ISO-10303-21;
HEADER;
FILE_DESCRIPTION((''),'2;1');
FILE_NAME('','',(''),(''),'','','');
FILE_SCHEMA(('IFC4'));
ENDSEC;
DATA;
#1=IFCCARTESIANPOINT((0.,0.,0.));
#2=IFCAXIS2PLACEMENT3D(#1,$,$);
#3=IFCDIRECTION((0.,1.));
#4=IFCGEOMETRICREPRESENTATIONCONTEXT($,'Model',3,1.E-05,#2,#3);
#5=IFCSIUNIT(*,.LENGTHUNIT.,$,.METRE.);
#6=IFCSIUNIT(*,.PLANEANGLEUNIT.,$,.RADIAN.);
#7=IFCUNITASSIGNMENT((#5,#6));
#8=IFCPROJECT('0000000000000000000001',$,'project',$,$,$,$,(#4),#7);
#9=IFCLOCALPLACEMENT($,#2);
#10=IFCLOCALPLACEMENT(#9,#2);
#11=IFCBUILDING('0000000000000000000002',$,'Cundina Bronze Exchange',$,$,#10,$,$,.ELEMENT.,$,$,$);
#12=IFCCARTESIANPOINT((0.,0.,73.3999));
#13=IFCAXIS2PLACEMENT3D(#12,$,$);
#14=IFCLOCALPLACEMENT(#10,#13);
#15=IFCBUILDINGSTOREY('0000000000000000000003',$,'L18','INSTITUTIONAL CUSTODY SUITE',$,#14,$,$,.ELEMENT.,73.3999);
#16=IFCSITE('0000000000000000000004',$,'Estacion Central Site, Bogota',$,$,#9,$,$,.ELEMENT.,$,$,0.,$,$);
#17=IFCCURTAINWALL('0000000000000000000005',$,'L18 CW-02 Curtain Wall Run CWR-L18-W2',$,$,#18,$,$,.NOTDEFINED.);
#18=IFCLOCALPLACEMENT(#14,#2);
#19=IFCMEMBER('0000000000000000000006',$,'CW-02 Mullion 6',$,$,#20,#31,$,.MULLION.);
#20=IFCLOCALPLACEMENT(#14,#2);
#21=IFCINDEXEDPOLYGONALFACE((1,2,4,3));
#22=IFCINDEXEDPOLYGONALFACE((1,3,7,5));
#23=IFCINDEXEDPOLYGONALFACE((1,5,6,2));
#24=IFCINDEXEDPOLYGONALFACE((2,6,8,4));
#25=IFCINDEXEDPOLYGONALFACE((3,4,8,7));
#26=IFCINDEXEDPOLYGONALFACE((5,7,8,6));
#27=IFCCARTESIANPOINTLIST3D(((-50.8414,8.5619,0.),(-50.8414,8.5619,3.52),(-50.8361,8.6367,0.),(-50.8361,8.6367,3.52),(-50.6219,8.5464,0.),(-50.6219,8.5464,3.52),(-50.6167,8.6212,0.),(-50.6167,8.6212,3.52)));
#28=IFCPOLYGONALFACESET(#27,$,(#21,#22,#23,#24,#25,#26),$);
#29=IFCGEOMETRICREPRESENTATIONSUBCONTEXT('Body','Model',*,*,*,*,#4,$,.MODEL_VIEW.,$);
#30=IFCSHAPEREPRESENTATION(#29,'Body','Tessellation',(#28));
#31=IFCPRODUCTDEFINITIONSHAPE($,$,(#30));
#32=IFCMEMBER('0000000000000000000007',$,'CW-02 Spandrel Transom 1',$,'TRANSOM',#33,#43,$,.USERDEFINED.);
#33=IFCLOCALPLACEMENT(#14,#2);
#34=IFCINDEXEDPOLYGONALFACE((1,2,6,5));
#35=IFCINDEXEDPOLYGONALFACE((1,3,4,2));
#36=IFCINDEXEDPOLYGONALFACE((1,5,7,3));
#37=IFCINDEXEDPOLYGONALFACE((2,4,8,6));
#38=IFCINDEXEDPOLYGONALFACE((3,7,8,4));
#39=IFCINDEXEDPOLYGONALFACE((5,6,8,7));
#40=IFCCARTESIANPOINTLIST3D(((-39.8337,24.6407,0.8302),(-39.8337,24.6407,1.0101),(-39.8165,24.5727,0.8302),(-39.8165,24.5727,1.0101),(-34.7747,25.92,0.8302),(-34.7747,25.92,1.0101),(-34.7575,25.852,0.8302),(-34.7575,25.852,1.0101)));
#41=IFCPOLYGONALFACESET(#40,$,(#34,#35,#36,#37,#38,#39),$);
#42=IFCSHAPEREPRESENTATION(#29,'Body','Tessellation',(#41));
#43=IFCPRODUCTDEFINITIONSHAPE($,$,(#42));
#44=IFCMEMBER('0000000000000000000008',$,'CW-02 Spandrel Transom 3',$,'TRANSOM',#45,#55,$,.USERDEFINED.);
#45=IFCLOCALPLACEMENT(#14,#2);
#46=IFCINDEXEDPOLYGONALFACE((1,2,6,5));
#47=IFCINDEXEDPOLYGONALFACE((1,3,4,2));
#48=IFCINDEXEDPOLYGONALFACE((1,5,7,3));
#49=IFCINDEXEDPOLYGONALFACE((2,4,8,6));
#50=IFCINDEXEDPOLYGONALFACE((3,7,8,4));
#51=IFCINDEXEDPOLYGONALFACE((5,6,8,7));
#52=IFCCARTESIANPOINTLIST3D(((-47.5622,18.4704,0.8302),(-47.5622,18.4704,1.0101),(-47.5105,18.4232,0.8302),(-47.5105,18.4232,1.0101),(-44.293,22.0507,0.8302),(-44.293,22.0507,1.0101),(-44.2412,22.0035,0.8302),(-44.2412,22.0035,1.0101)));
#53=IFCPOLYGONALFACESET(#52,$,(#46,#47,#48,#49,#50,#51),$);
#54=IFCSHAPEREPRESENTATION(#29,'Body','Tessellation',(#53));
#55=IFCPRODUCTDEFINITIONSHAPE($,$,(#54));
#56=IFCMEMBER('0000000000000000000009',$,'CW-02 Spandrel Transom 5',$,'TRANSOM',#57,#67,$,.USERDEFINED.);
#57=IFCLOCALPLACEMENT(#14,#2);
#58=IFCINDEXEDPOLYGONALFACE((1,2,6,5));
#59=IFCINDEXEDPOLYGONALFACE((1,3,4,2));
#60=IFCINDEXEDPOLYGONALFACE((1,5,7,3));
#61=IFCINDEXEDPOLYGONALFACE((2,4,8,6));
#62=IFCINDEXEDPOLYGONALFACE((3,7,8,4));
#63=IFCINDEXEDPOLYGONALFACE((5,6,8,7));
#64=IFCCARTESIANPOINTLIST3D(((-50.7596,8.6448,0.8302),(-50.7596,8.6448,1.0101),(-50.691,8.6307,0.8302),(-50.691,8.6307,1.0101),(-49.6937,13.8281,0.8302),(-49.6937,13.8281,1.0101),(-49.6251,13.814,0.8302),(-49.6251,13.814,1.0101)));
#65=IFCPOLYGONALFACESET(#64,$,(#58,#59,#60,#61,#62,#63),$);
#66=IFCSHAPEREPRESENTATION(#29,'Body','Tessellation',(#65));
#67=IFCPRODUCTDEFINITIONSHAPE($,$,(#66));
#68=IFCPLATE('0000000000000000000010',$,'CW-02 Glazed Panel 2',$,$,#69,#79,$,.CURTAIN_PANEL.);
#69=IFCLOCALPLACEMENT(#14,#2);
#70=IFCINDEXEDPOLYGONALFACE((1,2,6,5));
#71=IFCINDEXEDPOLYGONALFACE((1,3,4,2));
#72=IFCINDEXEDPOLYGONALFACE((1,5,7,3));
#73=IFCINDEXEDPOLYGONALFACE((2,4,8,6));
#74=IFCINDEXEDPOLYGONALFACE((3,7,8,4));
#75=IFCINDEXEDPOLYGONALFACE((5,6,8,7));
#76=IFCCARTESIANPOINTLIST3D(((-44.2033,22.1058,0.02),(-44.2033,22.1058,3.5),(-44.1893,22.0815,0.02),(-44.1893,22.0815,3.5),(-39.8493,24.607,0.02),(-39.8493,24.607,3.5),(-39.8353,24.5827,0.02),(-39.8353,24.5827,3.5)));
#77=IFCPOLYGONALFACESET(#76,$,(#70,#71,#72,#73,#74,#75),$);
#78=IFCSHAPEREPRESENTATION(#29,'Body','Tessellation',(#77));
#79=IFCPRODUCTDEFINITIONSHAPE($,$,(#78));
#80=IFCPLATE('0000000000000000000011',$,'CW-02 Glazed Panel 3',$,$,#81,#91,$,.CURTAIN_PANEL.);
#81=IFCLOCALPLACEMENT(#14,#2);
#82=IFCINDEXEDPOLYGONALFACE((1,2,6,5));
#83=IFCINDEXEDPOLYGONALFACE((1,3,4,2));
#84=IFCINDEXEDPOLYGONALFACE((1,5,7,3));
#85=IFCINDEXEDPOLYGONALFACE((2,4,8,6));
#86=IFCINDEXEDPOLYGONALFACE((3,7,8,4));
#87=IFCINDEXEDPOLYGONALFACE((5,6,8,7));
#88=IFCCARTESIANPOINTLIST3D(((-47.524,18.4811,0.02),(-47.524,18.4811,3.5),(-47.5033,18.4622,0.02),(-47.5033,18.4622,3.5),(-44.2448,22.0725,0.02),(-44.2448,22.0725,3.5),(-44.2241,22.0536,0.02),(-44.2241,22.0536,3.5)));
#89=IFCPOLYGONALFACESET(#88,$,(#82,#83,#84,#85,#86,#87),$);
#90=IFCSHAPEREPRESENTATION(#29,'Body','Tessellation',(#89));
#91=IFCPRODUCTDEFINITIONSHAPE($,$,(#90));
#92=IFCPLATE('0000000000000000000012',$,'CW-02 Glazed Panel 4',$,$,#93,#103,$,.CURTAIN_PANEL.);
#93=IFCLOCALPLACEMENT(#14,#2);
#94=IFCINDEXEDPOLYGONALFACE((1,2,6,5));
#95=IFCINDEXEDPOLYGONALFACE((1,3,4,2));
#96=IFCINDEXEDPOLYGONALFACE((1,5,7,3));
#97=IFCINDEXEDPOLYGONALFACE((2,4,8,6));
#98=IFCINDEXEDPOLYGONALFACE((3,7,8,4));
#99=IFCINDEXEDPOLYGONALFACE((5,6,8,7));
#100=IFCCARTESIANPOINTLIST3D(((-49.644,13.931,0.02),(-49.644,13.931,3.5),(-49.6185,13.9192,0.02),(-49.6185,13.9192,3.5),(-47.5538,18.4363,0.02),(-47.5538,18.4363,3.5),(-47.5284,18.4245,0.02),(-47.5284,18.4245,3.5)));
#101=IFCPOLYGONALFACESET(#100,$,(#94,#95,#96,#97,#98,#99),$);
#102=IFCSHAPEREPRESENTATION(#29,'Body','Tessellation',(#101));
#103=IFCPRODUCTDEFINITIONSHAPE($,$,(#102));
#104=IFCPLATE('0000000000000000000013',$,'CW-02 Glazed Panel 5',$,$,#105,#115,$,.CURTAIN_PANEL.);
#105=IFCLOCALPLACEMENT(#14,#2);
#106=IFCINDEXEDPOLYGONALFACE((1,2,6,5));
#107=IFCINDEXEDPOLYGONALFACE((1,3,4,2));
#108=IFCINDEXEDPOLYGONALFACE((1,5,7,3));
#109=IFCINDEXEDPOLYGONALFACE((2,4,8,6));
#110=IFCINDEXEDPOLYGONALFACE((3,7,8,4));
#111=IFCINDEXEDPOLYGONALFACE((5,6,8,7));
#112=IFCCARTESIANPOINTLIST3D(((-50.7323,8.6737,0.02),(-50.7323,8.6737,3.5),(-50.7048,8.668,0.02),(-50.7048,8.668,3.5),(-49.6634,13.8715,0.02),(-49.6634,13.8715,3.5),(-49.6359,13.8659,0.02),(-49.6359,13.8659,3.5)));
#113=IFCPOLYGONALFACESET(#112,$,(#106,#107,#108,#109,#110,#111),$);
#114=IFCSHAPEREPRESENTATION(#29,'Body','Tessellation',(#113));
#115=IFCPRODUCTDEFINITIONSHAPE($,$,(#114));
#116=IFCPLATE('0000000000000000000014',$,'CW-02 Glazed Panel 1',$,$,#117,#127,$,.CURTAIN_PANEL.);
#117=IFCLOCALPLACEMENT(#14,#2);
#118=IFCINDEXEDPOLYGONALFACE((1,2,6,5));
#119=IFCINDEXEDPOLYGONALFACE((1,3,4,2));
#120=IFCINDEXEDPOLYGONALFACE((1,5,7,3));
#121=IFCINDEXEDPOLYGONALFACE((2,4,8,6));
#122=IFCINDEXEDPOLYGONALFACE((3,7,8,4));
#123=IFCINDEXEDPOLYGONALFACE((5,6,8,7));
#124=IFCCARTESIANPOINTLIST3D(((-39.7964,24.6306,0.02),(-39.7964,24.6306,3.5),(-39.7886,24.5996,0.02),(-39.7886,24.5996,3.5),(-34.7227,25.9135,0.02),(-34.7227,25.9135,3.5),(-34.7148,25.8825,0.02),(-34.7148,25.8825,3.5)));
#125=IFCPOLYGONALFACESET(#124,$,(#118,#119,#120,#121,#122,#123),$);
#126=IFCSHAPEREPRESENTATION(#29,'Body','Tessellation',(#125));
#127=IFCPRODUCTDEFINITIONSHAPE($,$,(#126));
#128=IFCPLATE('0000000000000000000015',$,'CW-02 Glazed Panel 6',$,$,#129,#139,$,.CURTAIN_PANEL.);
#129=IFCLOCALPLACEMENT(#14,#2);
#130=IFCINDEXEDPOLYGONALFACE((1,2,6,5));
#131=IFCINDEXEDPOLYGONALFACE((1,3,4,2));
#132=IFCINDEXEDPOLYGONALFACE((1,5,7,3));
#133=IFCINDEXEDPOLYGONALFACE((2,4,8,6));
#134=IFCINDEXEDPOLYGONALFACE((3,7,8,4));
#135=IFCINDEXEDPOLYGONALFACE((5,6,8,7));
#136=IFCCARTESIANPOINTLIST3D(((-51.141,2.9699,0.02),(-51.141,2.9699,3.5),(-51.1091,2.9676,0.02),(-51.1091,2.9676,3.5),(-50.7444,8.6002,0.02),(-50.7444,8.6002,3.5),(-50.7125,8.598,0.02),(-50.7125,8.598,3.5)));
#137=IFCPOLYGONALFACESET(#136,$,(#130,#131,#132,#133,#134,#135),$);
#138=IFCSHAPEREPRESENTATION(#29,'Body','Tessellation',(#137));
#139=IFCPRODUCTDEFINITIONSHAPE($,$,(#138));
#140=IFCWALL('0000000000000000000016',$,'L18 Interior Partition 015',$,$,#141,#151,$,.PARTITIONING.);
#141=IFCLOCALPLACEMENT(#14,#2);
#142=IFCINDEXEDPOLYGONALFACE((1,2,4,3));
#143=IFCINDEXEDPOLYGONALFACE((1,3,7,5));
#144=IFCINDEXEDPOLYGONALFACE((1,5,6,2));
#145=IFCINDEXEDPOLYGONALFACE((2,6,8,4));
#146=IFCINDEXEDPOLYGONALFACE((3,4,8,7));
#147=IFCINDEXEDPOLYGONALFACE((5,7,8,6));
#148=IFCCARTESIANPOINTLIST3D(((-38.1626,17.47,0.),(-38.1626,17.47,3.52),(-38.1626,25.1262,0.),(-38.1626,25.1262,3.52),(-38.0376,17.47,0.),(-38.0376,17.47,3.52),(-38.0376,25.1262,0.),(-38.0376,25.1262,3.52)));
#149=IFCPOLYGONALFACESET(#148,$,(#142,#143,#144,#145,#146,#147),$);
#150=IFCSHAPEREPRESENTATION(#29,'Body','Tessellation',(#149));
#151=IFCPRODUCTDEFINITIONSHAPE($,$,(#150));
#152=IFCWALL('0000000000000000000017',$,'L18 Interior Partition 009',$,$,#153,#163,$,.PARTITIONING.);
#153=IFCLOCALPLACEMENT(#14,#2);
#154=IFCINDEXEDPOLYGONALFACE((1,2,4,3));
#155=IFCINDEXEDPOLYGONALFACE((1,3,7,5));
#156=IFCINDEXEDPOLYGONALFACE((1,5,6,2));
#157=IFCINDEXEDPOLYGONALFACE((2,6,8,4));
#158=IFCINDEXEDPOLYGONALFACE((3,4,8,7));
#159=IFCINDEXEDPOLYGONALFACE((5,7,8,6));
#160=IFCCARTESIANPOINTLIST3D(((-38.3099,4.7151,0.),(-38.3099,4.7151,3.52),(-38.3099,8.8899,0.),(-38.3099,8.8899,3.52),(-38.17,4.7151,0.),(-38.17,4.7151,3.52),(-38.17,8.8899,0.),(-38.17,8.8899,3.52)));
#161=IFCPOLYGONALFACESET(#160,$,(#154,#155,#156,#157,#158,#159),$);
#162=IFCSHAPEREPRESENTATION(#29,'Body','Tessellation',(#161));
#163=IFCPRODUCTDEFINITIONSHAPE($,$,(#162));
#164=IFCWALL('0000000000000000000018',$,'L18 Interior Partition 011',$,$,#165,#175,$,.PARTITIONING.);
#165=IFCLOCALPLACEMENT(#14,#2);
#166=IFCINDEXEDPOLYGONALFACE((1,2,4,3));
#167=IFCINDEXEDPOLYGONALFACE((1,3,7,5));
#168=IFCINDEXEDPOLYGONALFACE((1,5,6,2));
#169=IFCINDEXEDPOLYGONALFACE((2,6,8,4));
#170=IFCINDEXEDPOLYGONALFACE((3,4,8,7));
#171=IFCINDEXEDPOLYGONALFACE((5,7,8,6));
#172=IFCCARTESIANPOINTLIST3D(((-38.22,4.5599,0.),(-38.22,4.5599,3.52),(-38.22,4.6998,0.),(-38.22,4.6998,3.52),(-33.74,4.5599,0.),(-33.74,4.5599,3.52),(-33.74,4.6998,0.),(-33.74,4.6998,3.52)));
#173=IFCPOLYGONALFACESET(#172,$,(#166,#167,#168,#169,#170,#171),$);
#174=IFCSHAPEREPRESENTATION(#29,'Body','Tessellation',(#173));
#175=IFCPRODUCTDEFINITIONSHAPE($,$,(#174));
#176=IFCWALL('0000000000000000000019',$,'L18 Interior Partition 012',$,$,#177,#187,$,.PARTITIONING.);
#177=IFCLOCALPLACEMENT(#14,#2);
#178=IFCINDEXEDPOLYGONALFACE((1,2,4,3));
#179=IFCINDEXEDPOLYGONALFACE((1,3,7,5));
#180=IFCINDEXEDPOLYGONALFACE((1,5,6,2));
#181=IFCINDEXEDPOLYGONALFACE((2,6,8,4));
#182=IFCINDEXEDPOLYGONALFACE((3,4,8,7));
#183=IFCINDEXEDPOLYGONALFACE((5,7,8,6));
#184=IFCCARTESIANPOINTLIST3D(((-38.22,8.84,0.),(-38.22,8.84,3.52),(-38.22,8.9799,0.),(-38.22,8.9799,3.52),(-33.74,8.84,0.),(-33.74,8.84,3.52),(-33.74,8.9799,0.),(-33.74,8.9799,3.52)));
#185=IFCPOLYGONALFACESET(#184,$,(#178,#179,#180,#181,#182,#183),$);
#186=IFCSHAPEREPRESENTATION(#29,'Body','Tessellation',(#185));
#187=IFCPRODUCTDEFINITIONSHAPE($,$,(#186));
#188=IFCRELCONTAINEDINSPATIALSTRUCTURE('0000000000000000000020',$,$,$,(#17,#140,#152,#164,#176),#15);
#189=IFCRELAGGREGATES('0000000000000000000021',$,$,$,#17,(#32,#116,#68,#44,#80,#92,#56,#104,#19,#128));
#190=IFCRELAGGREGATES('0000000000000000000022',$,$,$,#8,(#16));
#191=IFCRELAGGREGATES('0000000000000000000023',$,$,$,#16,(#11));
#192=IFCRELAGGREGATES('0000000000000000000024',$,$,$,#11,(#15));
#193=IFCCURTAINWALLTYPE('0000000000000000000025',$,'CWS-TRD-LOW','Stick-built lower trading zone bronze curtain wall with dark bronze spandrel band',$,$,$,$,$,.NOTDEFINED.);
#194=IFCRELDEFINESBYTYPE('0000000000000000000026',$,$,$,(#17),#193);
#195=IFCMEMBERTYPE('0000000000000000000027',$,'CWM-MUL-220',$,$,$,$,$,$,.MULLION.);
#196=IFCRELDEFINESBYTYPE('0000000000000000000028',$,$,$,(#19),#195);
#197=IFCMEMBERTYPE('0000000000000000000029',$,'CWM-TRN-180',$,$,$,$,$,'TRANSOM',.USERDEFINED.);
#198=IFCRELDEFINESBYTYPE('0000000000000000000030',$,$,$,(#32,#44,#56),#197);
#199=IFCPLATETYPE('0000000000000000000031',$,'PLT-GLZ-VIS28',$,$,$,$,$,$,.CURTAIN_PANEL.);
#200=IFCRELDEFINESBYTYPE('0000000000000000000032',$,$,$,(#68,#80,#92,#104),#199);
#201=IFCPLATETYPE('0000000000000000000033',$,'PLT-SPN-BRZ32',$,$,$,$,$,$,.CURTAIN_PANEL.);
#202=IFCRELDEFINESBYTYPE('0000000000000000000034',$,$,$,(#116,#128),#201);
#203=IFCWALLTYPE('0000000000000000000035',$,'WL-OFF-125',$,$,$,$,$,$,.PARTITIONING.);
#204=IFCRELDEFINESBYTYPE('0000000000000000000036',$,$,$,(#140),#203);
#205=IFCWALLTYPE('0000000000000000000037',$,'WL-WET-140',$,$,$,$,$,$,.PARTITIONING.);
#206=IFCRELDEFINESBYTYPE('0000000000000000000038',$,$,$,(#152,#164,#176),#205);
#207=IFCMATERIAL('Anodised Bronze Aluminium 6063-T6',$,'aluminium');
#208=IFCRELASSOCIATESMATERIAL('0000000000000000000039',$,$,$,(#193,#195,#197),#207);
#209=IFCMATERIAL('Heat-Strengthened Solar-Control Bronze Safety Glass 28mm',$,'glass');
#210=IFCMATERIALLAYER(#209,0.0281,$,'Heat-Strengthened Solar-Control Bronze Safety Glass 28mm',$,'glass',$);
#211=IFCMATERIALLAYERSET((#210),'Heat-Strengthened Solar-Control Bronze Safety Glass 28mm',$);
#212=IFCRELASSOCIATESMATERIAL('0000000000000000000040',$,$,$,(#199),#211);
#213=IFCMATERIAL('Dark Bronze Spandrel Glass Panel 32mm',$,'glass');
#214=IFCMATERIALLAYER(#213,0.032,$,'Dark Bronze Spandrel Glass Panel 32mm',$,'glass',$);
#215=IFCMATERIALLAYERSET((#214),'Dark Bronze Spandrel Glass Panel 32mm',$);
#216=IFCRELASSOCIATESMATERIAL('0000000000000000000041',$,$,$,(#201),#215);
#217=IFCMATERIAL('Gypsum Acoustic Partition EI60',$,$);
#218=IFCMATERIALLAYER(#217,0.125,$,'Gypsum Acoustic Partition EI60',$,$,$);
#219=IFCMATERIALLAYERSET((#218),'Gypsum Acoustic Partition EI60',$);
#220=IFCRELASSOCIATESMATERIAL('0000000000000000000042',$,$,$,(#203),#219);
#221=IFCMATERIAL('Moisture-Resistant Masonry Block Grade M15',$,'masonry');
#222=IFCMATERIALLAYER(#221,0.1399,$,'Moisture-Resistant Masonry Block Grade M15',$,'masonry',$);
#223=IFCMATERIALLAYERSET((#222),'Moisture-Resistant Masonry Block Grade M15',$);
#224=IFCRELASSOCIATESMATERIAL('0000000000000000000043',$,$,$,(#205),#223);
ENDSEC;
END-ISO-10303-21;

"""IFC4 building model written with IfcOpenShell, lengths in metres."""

from ifc_helpers import new_model, si_unit, direction, frame, frame_2d, origin, origin_2d, place, context, subcontext, project, spatial, rectangle, extrude, material, layer, layer_set, material_profile, profile_set, type_object, element, aggregate, save


model = new_model("IFC4")

# Units and contexts
model_context = context("Model", 3, precision=1e-05, world=origin(), true_north=direction((0.0, 1.0)))
body_context = subcontext(model_context, "Body", "Model", "MODEL_VIEW")
ifc_project = project(units=[si_unit("LENGTHUNIT", "METRE"), si_unit("PLANEANGLEUNIT", "RADIAN")], contexts=[model_context])

# Site, building, storey
site_placement = place(None, origin())
site = spatial("IfcSite", under=ifc_project, at=site_placement, Name="Estacion Central Site, Bogota", CompositionType="ELEMENT", RefElevation=0.0)
building_placement = place(site_placement, origin())
building = spatial("IfcBuilding", under=site, at=building_placement, Name="Cundina Bronze Exchange", CompositionType="ELEMENT")
storey_placement = place(building_placement, frame((0.0, 0.0, 73.3999)))
storey = spatial("IfcBuildingStorey", under=building, at=storey_placement, Name="L18", Description="INSTITUTIONAL CUSTODY SUITE", CompositionType="ELEMENT", Elevation=73.3999)

# Curtain wall, members, plates
ifc_material_1 = material(Name="Anodised Bronze Aluminium 6063-T6", Category="aluminium")
curtain_wall_type = type_object("IfcCurtainWallType", Name="CWS-TRD-LOW", Description="Stick-built lower trading zone bronze curtain wall with dark bronze spandrel band", PredefinedType="NOTDEFINED", material=ifc_material_1)
curtain_wall_placement = place(storey_placement, origin())
curtain_wall = element("IfcCurtainWall", 1, at=curtain_wall_placement, inside=storey, type_object=curtain_wall_type, Name="L18 CW-02 Curtain Wall Run CWR-L18-W2", PredefinedType="NOTDEFINED")
ifc_material_profile_1 = material_profile(ifc_material_1, rectangle(XDim=0.075, YDim=0.22, at=origin_2d()), Name="AL75X220", Category="aluminium")
ifc_profile_set_1 = profile_set([ifc_material_profile_1], Name="Anodised Bronze Aluminium 6063-T6")
member_type_1 = type_object("IfcMemberType", Name="CWM-MUL-220", PredefinedType="MULLION", material=ifc_profile_set_1)
member_1_placement = place(storey_placement, frame((-50.729, 8.5916, 0.0), z_axis=(0.0, 0.0, 1.0), x_axis=(-0.070279, -0.997527, 0.0)))
member_1 = element("IfcMember", 2, at=member_1_placement, type_object=member_type_1, Name="CW-02 Mullion 6", PredefinedType="MULLION", context=body_context, shape_type="SweptSolid", body=[
    extrude(rectangle(XDim=0.075, YDim=0.22, at=origin_2d()), origin(), (0.0, 0.0, 1.0), 3.52),
])
ifc_material_profile_2 = material_profile(ifc_material_1, rectangle(XDim=0.0701, YDim=0.1799, at=origin_2d()), Name="AL70X180", Category="aluminium")
ifc_profile_set_2 = profile_set([ifc_material_profile_2], Name="Anodised Bronze Aluminium 6063-T6")
member_type_2 = type_object("IfcMemberType", Name="CWM-TRN-180", ElementType="TRANSOM", PredefinedType="USERDEFINED", material=ifc_profile_set_2)
member_2_placement = place(storey_placement, frame((-34.7661, 25.886, 0.9202), z_axis=(-0.969484, -0.245155, 0.0), x_axis=(0.245155, -0.969484, 0.0)))
member_2 = element("IfcMember", 3, at=member_2_placement, type_object=member_type_2, Name="CW-02 Spandrel Transom 1", ObjectType="TRANSOM", PredefinedType="USERDEFINED", context=body_context, shape_type="SweptSolid", body=[
    extrude(rectangle(XDim=0.0701, YDim=0.1799, at=origin_2d()), origin(), (0.0, 0.0, 1.0), 5.2183),
])
member_3_placement = place(storey_placement, frame((-44.2671, 22.0271, 0.9202), z_axis=(-0.674303, -0.738455, 0.0), x_axis=(0.738455, -0.674303, 0.0)))
member_3 = element("IfcMember", 4, at=member_3_placement, type_object=member_type_2, Name="CW-02 Spandrel Transom 3", ObjectType="TRANSOM", PredefinedType="USERDEFINED", context=body_context, shape_type="SweptSolid", body=[
    extrude(rectangle(XDim=0.0701, YDim=0.1799, at=origin_2d()), origin(), (0.0, 0.0, 1.0), 4.8484),
])
member_4_placement = place(storey_placement, frame((-49.6594, 13.821, 0.9202), z_axis=(-0.201428, -0.979503, 0.0), x_axis=(0.979503, -0.201428, 0.0)))
member_4 = element("IfcMember", 5, at=member_4_placement, type_object=member_type_2, Name="CW-02 Spandrel Transom 5", ObjectType="TRANSOM", PredefinedType="USERDEFINED", context=body_context, shape_type="SweptSolid", body=[
    extrude(rectangle(XDim=0.0701, YDim=0.1799, at=origin_2d()), origin(), (0.0, 0.0, 1.0), 5.2917),
])
ifc_material_2 = material(Name="Heat-Strengthened Solar-Control Bronze Safety Glass 28mm", Category="glass")
ifc_layer_1 = layer(ifc_material_2, 0.0281, Name="Heat-Strengthened Solar-Control Bronze Safety Glass 28mm", Category="glass")
ifc_layer_set_1 = layer_set([ifc_layer_1], Name="Heat-Strengthened Solar-Control Bronze Safety Glass 28mm")
plate_type_1 = type_object("IfcPlateType", Name="PLT-GLZ-VIS28", PredefinedType="CURTAIN_PANEL", material=ifc_layer_set_1)
plate_1_placement = place(storey_placement, frame((-42.0193, 23.3442, 0.02), z_axis=(0.0, 0.0, 1.0), x_axis=(-0.867105, -0.498125, 0.0)))
plate_1 = element("IfcPlate", 6, at=plate_1_placement, type_object=plate_type_1, Name="CW-02 Glazed Panel 2", PredefinedType="CURTAIN_PANEL", context=body_context, shape_type="SweptSolid", body=[
    extrude(rectangle(XDim=5.0212, YDim=0.0281, at=origin_2d()), origin(), (0.0, 0.0, 1.0), 3.48),
])
plate_2_placement = place(storey_placement, frame((-45.874, 20.2673, 0.02), z_axis=(0.0, 0.0, 1.0), x_axis=(-0.674277, -0.738479, 0.0)))
plate_2 = element("IfcPlate", 7, at=plate_2_placement, type_object=plate_type_1, Name="CW-02 Glazed Panel 3", PredefinedType="CURTAIN_PANEL", context=body_context, shape_type="SweptSolid", body=[
    extrude(rectangle(XDim=4.8633, YDim=0.0281, at=origin_2d()), origin(), (0.0, 0.0, 1.0), 3.48),
])
plate_3_placement = place(storey_placement, frame((-48.5862, 16.1777, 0.02), z_axis=(0.0, 0.0, 1.0), x_axis=(-0.420846, -0.907132, 0.0)))
plate_3 = element("IfcPlate", 8, at=plate_3_placement, type_object=plate_type_1, Name="CW-02 Glazed Panel 4", PredefinedType="CURTAIN_PANEL", context=body_context, shape_type="SweptSolid", body=[
    extrude(rectangle(XDim=4.9666, YDim=0.0281, at=origin_2d()), origin(), (0.0, 0.0, 1.0), 3.48),
])
plate_4_placement = place(storey_placement, frame((-50.1841, 11.2698, 0.02), z_axis=(0.0, 0.0, 1.0), x_axis=(-0.20142, -0.979505, 0.0)))
plate_4 = element("IfcPlate", 9, at=plate_4_placement, type_object=plate_type_1, Name="CW-02 Glazed Panel 5", PredefinedType="CURTAIN_PANEL", context=body_context, shape_type="SweptSolid", body=[
    extrude(rectangle(XDim=5.3066, YDim=0.0281, at=origin_2d()), origin(), (0.0, 0.0, 1.0), 3.48),
])
ifc_material_3 = material(Name="Dark Bronze Spandrel Glass Panel 32mm", Category="glass")
ifc_layer_2 = layer(ifc_material_3, 0.032, Name="Dark Bronze Spandrel Glass Panel 32mm", Category="glass")
ifc_layer_set_2 = layer_set([ifc_layer_2], Name="Dark Bronze Spandrel Glass Panel 32mm")
plate_type_2 = type_object("IfcPlateType", Name="PLT-SPN-BRZ32", PredefinedType="CURTAIN_PANEL", material=ifc_layer_set_2)
plate_5_placement = place(storey_placement, frame((-37.2556, 25.2566, 0.02), z_axis=(0.0, 0.0, 1.0), x_axis=(-0.969488, -0.245138, 0.0)))
plate_5 = element("IfcPlate", 10, at=plate_5_placement, type_object=plate_type_2, Name="CW-02 Glazed Panel 1", PredefinedType="CURTAIN_PANEL", context=body_context, shape_type="SweptSolid", body=[
    extrude(rectangle(XDim=5.2334, YDim=0.032, at=origin_2d()), origin(), (0.0, 0.0, 1.0), 3.48),
])
plate_6_placement = place(storey_placement, frame((-50.9268, 5.7839, 0.02), z_axis=(0.0, 0.0, 1.0), x_axis=(-0.070279, -0.997527, 0.0)))
plate_6 = element("IfcPlate", 11, at=plate_6_placement, type_object=plate_type_2, Name="CW-02 Glazed Panel 6", PredefinedType="CURTAIN_PANEL", context=body_context, shape_type="SweptSolid", body=[
    extrude(rectangle(XDim=5.6443, YDim=0.032, at=origin_2d()), origin(), (0.0, 0.0, 1.0), 3.48),
])
aggregate(curtain_wall, [member_2, plate_5, plate_1, member_3, plate_2, plate_3, member_4, plate_4, member_1, plate_6])

# Walls
ifc_material_4 = material(Name="Gypsum Acoustic Partition EI60")
ifc_layer_3 = layer(ifc_material_4, 0.125, Name="Gypsum Acoustic Partition EI60")
ifc_layer_set_3 = layer_set([ifc_layer_3], Name="Gypsum Acoustic Partition EI60")
wall_type_1 = type_object("IfcWallType", Name="WL-OFF-125", PredefinedType="PARTITIONING", material=ifc_layer_set_3)
wall_1_placement = place(storey_placement, frame((-38.1001, 17.47, 0.0), z_axis=(0.0, 0.0, 1.0), x_axis=(0.0, 1.0, 0.0)))
element("IfcWall", 12, at=wall_1_placement, inside=storey, type_object=wall_type_1, Name="L18 Interior Partition 015", PredefinedType="PARTITIONING", context=body_context, shape_type="SweptSolid", body=[
    extrude(rectangle(XDim=7.6562, YDim=0.125, at=frame_2d((3.8281, 0.0))), origin(), (0.0, 0.0, 1.0), 3.52),
])
ifc_material_5 = material(Name="Moisture-Resistant Masonry Block Grade M15", Category="masonry")
ifc_layer_4 = layer(ifc_material_5, 0.1399, Name="Moisture-Resistant Masonry Block Grade M15", Category="masonry")
ifc_layer_set_4 = layer_set([ifc_layer_4], Name="Moisture-Resistant Masonry Block Grade M15")
wall_type_2 = type_object("IfcWallType", Name="WL-WET-140", PredefinedType="PARTITIONING", material=ifc_layer_set_4)
wall_2_placement = place(storey_placement, frame((-38.24, 4.7151, 0.0), z_axis=(0.0, 0.0, 1.0), x_axis=(0.0, 1.0, 0.0)))
element("IfcWall", 13, at=wall_2_placement, inside=storey, type_object=wall_type_2, Name="L18 Interior Partition 009", PredefinedType="PARTITIONING", context=body_context, shape_type="SweptSolid", body=[
    extrude(rectangle(XDim=4.1748, YDim=0.1399, at=frame_2d((2.0874, 0.0))), origin(), (0.0, 0.0, 1.0), 3.52),
])
for number, where, z_axis, x_axis, name in (
    (14, (-38.22, 4.6299, 0.0), (0.0, 0.0, 1.0), (1.0, 0.0, 0.0), "L18 Interior Partition 011"),
    (15, (-38.22, 8.9099, 0.0), (0.0, 0.0, 1.0), (1.0, 0.0, 0.0), "L18 Interior Partition 012"),
):
    element("IfcWall", number, at=place(storey_placement, frame(where, z_axis=z_axis, x_axis=x_axis)), inside=storey, type_object=wall_type_2, Name=name, PredefinedType="PARTITIONING", context=body_context, shape_type="SweptSolid", body=[
        extrude(rectangle(XDim=4.48, YDim=0.1399, at=frame_2d((2.24, 0.0))), origin(), (0.0, 0.0, 1.0), 3.52),
    ])

save(model, "model.ifc")
